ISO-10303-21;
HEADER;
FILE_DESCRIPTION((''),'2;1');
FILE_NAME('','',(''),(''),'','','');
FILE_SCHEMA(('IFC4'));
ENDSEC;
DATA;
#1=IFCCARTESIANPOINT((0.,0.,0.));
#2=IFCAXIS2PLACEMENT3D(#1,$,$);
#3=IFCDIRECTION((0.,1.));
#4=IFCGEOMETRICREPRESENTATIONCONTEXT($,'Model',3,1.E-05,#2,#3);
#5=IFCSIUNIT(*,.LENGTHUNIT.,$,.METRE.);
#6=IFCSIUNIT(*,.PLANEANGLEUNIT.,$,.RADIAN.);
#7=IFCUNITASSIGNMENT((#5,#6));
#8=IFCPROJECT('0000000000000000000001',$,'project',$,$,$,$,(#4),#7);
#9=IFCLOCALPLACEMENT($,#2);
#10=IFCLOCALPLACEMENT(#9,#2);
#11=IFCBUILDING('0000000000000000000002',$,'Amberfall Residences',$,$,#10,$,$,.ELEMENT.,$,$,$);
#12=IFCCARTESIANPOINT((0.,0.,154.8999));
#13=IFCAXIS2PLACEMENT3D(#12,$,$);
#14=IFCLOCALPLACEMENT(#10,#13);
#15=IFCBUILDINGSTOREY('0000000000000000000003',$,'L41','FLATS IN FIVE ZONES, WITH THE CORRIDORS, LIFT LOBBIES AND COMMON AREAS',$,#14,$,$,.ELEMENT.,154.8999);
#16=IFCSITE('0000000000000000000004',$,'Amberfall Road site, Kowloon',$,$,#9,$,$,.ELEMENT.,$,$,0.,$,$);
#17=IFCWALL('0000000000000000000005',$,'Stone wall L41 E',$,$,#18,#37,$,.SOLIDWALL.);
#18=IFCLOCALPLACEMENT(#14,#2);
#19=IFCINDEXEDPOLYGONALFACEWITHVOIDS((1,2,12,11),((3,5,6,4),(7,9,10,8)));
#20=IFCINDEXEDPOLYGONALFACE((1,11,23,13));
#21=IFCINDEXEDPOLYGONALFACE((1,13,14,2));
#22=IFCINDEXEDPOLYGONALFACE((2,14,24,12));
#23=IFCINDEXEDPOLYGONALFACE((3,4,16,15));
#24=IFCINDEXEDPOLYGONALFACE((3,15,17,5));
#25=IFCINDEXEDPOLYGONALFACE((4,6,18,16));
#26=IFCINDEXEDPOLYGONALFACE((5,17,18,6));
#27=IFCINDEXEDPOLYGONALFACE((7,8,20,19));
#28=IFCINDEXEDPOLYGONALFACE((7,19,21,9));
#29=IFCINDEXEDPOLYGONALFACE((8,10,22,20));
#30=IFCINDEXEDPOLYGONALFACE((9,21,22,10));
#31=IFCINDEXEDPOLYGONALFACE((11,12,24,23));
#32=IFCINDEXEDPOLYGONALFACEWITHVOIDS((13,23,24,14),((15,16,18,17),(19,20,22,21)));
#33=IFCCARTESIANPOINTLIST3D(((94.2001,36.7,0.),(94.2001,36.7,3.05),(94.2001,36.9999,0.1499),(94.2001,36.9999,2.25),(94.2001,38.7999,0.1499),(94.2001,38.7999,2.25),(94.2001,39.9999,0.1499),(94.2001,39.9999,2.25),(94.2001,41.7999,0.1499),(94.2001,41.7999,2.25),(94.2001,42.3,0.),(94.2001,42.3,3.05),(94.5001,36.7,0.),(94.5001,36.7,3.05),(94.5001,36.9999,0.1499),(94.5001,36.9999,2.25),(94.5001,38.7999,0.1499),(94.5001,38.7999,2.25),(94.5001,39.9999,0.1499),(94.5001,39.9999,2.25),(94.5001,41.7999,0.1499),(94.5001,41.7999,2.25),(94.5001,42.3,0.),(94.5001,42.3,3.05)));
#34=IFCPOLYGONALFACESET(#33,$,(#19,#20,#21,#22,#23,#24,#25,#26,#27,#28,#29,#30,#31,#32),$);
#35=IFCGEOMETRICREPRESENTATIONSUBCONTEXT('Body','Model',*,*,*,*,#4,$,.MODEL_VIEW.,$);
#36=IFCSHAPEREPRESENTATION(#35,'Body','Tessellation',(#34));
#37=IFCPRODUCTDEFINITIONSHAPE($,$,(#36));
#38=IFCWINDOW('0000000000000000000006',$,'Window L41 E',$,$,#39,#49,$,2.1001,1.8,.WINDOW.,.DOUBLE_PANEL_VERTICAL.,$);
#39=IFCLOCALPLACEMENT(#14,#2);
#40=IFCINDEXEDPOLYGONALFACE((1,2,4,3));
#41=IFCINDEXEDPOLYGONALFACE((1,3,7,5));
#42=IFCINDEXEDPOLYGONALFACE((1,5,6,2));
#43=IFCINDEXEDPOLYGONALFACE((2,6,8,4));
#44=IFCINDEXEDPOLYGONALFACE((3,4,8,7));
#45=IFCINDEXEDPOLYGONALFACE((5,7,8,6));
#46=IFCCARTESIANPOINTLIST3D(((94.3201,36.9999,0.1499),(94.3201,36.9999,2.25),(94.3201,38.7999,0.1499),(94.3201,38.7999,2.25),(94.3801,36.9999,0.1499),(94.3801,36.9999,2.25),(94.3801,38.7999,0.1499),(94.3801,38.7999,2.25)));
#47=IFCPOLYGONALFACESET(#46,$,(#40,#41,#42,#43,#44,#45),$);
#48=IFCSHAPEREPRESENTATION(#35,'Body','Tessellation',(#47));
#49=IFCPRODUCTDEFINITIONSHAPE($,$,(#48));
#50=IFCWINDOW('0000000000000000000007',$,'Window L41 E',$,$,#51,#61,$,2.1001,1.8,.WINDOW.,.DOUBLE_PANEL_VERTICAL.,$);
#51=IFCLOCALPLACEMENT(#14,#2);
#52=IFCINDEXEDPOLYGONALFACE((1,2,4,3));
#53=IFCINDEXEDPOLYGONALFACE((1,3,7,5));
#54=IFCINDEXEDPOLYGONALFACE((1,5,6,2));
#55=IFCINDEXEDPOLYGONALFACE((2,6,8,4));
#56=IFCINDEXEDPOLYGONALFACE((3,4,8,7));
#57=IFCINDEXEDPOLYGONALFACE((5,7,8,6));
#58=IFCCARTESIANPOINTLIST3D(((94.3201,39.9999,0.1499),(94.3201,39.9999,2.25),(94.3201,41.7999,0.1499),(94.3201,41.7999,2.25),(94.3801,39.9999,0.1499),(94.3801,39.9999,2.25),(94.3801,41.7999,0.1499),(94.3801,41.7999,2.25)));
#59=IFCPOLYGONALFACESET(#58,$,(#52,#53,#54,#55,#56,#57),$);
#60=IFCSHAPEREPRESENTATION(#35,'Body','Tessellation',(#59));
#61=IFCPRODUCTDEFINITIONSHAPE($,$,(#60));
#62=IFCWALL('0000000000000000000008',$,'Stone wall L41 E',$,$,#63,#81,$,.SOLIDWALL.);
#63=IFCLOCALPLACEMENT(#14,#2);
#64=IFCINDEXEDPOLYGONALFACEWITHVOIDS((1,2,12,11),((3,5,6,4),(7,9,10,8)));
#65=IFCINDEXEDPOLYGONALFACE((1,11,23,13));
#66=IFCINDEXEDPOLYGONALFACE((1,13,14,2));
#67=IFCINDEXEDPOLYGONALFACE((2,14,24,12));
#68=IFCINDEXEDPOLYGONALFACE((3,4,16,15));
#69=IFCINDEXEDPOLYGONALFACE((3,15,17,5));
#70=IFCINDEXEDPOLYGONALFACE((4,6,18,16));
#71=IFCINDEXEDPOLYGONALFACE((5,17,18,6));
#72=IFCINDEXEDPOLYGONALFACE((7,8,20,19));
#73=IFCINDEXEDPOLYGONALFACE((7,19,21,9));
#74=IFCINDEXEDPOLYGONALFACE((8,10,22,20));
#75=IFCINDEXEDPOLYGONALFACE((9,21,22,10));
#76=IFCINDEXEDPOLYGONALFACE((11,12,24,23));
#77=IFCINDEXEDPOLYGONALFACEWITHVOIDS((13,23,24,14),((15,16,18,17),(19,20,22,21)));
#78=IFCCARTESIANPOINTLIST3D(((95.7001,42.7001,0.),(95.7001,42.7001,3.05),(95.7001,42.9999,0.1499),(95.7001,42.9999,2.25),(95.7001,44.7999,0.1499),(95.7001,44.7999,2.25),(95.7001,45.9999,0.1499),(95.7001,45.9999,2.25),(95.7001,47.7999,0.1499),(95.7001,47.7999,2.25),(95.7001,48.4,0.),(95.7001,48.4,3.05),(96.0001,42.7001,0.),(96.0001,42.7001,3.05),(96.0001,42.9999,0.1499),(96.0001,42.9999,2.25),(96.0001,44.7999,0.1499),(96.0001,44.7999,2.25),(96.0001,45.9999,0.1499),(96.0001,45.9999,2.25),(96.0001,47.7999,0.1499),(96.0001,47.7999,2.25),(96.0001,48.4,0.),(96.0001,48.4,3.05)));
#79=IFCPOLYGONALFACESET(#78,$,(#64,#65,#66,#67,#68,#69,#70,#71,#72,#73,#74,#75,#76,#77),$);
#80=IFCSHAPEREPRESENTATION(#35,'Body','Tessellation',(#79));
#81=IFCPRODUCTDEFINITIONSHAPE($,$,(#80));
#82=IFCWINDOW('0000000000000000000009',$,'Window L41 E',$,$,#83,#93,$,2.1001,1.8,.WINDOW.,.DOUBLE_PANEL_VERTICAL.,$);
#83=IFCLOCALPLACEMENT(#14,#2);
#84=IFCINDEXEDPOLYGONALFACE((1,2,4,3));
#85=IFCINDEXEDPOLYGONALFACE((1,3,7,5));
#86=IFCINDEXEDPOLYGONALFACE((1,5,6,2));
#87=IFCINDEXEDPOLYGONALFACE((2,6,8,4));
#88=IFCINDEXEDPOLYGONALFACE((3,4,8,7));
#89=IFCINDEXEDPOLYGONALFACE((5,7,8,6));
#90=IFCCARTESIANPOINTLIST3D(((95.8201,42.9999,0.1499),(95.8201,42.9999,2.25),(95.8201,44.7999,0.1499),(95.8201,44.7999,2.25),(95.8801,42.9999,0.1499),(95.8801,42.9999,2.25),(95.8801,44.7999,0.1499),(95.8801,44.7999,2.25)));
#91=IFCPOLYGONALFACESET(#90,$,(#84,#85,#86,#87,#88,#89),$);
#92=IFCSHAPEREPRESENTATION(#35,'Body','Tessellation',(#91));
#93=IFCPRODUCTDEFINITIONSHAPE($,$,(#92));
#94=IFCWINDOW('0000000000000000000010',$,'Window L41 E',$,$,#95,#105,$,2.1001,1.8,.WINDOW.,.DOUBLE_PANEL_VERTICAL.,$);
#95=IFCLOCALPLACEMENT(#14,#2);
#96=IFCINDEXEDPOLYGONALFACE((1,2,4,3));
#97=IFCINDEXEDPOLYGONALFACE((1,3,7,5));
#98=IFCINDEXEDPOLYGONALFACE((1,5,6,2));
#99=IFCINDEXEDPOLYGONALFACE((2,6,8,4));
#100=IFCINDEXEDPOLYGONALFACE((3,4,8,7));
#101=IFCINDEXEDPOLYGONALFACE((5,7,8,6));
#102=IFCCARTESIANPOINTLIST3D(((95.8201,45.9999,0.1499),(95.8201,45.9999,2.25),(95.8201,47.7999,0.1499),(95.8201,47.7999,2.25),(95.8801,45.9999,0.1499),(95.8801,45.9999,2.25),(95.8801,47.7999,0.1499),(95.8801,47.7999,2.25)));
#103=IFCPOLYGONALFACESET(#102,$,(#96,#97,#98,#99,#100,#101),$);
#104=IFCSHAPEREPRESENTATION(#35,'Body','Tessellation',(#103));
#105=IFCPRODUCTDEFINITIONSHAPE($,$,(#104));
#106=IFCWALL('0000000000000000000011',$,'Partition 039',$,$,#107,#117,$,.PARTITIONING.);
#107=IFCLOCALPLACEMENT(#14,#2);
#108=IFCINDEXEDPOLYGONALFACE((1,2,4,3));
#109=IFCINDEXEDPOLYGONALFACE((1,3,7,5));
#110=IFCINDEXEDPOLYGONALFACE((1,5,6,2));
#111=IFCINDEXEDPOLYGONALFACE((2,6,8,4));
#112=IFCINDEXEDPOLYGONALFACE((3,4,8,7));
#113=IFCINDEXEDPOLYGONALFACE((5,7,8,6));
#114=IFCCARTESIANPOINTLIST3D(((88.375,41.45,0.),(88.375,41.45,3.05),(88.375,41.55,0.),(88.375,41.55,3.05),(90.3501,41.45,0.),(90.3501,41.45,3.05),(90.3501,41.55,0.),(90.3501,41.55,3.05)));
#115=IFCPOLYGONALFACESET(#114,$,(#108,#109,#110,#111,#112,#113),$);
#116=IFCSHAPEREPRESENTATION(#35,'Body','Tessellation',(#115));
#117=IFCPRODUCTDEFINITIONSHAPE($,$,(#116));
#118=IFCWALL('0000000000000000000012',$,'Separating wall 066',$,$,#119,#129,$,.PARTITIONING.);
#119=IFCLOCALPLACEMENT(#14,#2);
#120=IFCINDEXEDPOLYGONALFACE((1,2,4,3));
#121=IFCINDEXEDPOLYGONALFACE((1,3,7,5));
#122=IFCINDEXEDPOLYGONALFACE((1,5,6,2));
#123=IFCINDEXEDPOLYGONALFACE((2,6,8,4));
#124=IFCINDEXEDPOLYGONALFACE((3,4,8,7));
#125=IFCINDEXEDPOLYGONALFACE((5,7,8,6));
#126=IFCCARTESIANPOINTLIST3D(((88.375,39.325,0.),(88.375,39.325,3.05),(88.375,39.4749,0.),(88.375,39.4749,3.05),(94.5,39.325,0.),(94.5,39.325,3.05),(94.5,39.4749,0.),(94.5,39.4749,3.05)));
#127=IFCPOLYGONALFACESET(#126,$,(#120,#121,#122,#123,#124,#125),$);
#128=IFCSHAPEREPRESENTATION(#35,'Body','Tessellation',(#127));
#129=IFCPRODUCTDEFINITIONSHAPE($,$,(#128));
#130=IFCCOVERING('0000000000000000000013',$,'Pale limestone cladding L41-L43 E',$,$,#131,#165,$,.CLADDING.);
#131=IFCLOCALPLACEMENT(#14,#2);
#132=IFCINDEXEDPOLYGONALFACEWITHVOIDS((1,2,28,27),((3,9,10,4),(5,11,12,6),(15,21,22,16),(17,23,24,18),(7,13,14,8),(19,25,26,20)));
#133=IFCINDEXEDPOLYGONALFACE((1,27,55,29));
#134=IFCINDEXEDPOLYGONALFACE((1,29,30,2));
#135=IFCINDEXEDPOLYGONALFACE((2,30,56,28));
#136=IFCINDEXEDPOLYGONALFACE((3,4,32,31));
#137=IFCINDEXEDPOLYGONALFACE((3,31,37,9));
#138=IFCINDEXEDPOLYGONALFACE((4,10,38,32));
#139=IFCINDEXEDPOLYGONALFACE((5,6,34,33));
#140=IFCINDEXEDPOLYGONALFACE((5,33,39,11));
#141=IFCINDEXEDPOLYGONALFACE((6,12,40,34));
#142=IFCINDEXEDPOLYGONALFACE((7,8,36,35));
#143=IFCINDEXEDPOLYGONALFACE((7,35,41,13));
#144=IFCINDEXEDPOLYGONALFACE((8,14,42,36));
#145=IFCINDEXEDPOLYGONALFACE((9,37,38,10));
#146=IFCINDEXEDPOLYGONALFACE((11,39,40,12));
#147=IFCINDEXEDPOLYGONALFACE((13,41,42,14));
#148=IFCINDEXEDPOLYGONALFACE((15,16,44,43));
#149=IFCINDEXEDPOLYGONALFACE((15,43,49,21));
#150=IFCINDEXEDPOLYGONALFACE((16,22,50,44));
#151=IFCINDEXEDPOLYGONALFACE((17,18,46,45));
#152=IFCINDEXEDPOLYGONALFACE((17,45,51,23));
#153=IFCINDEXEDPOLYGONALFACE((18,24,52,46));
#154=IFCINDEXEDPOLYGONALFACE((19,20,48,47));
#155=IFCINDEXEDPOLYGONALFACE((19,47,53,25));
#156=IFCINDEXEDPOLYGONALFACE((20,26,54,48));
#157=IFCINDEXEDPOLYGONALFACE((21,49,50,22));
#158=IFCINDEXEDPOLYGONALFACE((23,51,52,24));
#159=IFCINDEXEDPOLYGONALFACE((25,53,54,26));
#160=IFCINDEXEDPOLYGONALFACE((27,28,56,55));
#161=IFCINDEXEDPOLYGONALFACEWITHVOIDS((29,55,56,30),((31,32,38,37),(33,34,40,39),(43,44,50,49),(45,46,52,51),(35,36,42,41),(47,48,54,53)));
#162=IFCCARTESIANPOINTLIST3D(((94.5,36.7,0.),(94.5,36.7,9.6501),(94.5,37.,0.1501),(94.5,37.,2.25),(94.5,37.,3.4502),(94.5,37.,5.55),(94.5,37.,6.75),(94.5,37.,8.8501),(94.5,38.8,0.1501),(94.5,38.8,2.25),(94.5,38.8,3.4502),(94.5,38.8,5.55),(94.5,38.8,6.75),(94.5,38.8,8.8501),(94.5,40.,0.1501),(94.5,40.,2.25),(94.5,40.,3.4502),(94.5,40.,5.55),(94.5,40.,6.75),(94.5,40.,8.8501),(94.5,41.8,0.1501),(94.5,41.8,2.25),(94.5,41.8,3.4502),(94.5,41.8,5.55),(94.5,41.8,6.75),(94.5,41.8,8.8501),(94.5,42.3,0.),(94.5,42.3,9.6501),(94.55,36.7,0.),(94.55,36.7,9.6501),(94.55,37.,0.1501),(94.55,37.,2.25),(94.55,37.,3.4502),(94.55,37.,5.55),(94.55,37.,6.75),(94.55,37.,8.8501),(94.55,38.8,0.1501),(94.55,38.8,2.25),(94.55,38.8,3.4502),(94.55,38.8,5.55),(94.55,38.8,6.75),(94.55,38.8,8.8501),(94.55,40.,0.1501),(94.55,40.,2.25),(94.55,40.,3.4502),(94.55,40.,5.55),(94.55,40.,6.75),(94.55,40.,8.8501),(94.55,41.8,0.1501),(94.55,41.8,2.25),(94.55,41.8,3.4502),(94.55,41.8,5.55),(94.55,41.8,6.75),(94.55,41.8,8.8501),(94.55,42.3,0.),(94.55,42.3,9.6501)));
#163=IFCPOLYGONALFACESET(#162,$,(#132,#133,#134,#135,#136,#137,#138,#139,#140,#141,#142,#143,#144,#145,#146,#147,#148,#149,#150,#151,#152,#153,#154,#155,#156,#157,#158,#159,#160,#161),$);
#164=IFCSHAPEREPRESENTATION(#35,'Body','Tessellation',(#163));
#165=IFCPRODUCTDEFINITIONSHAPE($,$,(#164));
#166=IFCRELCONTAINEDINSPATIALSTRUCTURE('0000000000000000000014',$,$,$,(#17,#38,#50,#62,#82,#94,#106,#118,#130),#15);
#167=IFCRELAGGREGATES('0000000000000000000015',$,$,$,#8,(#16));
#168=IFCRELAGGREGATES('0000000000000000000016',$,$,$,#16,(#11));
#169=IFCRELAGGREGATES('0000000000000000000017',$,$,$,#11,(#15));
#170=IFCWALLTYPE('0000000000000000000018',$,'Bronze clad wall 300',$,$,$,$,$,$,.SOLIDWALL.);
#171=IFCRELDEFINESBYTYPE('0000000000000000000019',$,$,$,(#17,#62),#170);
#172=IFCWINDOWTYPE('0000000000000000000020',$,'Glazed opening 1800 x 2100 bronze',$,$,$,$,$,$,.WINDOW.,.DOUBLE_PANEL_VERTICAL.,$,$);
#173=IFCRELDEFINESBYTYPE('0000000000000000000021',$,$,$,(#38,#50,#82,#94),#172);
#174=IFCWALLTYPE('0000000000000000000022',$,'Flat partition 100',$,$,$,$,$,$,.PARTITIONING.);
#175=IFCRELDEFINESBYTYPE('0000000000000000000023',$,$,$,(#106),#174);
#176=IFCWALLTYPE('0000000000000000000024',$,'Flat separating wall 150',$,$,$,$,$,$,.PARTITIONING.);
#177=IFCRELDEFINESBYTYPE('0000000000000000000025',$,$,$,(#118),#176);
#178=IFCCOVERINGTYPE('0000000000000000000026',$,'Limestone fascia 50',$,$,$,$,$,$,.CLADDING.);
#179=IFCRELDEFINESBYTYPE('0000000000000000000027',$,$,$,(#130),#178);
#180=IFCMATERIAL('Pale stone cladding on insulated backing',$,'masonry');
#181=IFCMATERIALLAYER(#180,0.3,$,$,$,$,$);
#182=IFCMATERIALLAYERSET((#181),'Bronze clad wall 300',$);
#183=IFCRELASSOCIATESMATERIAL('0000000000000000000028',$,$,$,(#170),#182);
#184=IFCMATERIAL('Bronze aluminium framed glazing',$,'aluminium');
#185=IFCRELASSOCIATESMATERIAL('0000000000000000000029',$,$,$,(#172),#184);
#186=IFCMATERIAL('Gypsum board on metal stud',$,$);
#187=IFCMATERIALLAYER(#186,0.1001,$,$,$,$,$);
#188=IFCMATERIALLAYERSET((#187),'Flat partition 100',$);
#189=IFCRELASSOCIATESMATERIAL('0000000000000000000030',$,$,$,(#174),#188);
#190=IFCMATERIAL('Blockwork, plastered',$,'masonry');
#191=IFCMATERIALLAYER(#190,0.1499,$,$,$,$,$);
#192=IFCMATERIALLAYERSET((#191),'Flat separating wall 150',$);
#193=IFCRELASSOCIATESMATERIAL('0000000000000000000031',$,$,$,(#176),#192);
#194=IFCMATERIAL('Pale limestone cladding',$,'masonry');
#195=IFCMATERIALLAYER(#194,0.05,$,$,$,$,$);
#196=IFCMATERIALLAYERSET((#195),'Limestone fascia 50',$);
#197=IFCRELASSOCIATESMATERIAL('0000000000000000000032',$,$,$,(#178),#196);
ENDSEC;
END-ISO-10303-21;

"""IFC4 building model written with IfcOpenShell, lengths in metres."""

from ifc_helpers import new_model, si_unit, direction, frame, frame_2d, origin, place, context, subcontext, project, spatial, polyline, rectangle, outline, extrude, material, layer, layer_set, type_object, element, fill, save


model = new_model("IFC4")

# Units and contexts
model_context = context("Model", 3, precision=1e-05, world=origin(), true_north=direction((0.0, 1.0)))
body_context = subcontext(model_context, "Body", "Model", "MODEL_VIEW")
ifc_project = project(units=[si_unit("LENGTHUNIT", "METRE"), si_unit("PLANEANGLEUNIT", "RADIAN")], contexts=[model_context])

# Site, building, storey
site_placement = place(None, origin())
site = spatial("IfcSite", under=ifc_project, at=site_placement, Name="Amberfall Road site, Kowloon", CompositionType="ELEMENT", RefElevation=0.0)
building_placement = place(site_placement, origin())
building = spatial("IfcBuilding", under=site, at=building_placement, Name="Amberfall Residences", CompositionType="ELEMENT")
storey_placement = place(building_placement, frame((0.0, 0.0, 154.8999)))
storey = spatial("IfcBuildingStorey", under=building, at=storey_placement, Name="L41", Description="FLATS IN FIVE ZONES, WITH THE CORRIDORS, LIFT LOBBIES AND COMMON AREAS", CompositionType="ELEMENT", Elevation=154.8999)

# Shared definitions
ifc_material_1 = material(Name="Pale stone cladding on insulated backing", Category="masonry")
ifc_layer_1 = layer(ifc_material_1, 0.3)
ifc_layer_set_1 = layer_set([ifc_layer_1], Name="Bronze clad wall 300")
wall_type_1 = type_object("IfcWallType", Name="Bronze clad wall 300", PredefinedType="SOLIDWALL", material=ifc_layer_set_1)

# Walls, openings, windows
wall_1_placement = place(storey_placement, frame((94.3501, 36.7, 0.0), z_axis=(0.0, 0.0, 1.0), x_axis=(0.0, 1.0, 0.0)))
wall_1 = element("IfcWall", 1, at=wall_1_placement, inside=storey, type_object=wall_type_1, Name="Stone wall L41 E", PredefinedType="SOLIDWALL", context=body_context, shape_type="SweptSolid", body=[
    extrude(rectangle(XDim=5.6001, YDim=0.3, at=frame_2d((2.8, 0.0))), origin(), (0.0, 0.0, 1.0), 3.05),
])
opening_1_placement = place(wall_1_placement, frame((0.3, 0.0, 0.1499)))
opening_1 = element("IfcOpeningElement", 2, at=opening_1_placement, cuts=wall_1, PredefinedType="OPENING", context=body_context, shape_type="SweptSolid", body=[
    extrude(rectangle(XDim=1.8, YDim=2.1001, at=frame_2d((0.8999, 1.05))), frame((0.0, 0.1599, 0.0), z_axis=(0.0, -1.0, 0.0), x_axis=(1.0, 0.0, 0.0)), (0.0, 0.0, 1.0), 0.3201),
])
opening_2_placement = place(wall_1_placement, frame((3.3, 0.0, 0.1499)))
opening_2 = element("IfcOpeningElement", 3, at=opening_2_placement, cuts=wall_1, PredefinedType="OPENING", context=body_context, shape_type="SweptSolid", body=[
    extrude(rectangle(XDim=1.8, YDim=2.1001, at=frame_2d((0.8999, 1.05))), frame((0.0, 0.1599, 0.0), z_axis=(0.0, -1.0, 0.0), x_axis=(1.0, 0.0, 0.0)), (0.0, 0.0, 1.0), 0.3201),
])
ifc_material_2 = material(Name="Bronze aluminium framed glazing", Category="aluminium")
window_type = type_object("IfcWindowType", Name="Glazed opening 1800 x 2100 bronze", PartitioningType="DOUBLE_PANEL_VERTICAL", PredefinedType="WINDOW", material=ifc_material_2)
window_1_placement = place(opening_1_placement, origin())
window_1 = element("IfcWindow", 4, at=window_1_placement, inside=storey, type_object=window_type, Name="Window L41 E", OverallHeight=2.1001, OverallWidth=1.8, PartitioningType="DOUBLE_PANEL_VERTICAL", PredefinedType="WINDOW", context=body_context, shape_type="SweptSolid", body=[
    extrude(rectangle(XDim=1.8, YDim=2.1001, at=frame_2d((0.8999, 1.05))), frame((0.0, 0.03, 0.0), z_axis=(0.0, -1.0, 0.0), x_axis=(1.0, 0.0, 0.0)), (0.0, 0.0, 1.0), 0.0601),
])
fill(opening_1, window_1)
window_2_placement = place(opening_2_placement, origin())
window_2 = element("IfcWindow", 5, at=window_2_placement, inside=storey, type_object=window_type, Name="Window L41 E", OverallHeight=2.1001, OverallWidth=1.8, PartitioningType="DOUBLE_PANEL_VERTICAL", PredefinedType="WINDOW", context=body_context, shape_type="SweptSolid", body=[
    extrude(rectangle(XDim=1.8, YDim=2.1001, at=frame_2d((0.8999, 1.05))), frame((0.0, 0.03, 0.0), z_axis=(0.0, -1.0, 0.0), x_axis=(1.0, 0.0, 0.0)), (0.0, 0.0, 1.0), 0.0601),
])
fill(opening_2, window_2)
wall_2_placement = place(storey_placement, frame((95.8501, 42.7, 0.0), z_axis=(0.0, 0.0, 1.0), x_axis=(0.0, 1.0, 0.0)))
wall_2 = element("IfcWall", 6, at=wall_2_placement, inside=storey, type_object=wall_type_1, Name="Stone wall L41 E", PredefinedType="SOLIDWALL", context=body_context, shape_type="SweptSolid", body=[
    extrude(rectangle(XDim=5.7, YDim=0.3, at=frame_2d((2.8501, 0.0))), origin(), (0.0, 0.0, 1.0), 3.05),
])
opening_3_placement = place(wall_2_placement, frame((0.3, 0.0, 0.1499)))
opening_3 = element("IfcOpeningElement", 7, at=opening_3_placement, cuts=wall_2, PredefinedType="OPENING", context=body_context, shape_type="SweptSolid", body=[
    extrude(rectangle(XDim=1.8, YDim=2.1001, at=frame_2d((0.8999, 1.05))), frame((0.0, 0.1599, 0.0), z_axis=(0.0, -1.0, 0.0), x_axis=(1.0, 0.0, 0.0)), (0.0, 0.0, 1.0), 0.3201),
])
opening_4_placement = place(wall_2_placement, frame((3.3, 0.0, 0.1499)))
opening_4 = element("IfcOpeningElement", 8, at=opening_4_placement, cuts=wall_2, PredefinedType="OPENING", context=body_context, shape_type="SweptSolid", body=[
    extrude(rectangle(XDim=1.8, YDim=2.1001, at=frame_2d((0.8999, 1.05))), frame((0.0, 0.1599, 0.0), z_axis=(0.0, -1.0, 0.0), x_axis=(1.0, 0.0, 0.0)), (0.0, 0.0, 1.0), 0.3201),
])
window_3_placement = place(opening_3_placement, origin())
window_3 = element("IfcWindow", 9, at=window_3_placement, inside=storey, type_object=window_type, Name="Window L41 E", OverallHeight=2.1001, OverallWidth=1.8, PartitioningType="DOUBLE_PANEL_VERTICAL", PredefinedType="WINDOW", context=body_context, shape_type="SweptSolid", body=[
    extrude(rectangle(XDim=1.8, YDim=2.1001, at=frame_2d((0.8999, 1.05))), frame((0.0, 0.03, 0.0), z_axis=(0.0, -1.0, 0.0), x_axis=(1.0, 0.0, 0.0)), (0.0, 0.0, 1.0), 0.0601),
])
fill(opening_3, window_3)
window_4_placement = place(opening_4_placement, origin())
window_4 = element("IfcWindow", 10, at=window_4_placement, inside=storey, type_object=window_type, Name="Window L41 E", OverallHeight=2.1001, OverallWidth=1.8, PartitioningType="DOUBLE_PANEL_VERTICAL", PredefinedType="WINDOW", context=body_context, shape_type="SweptSolid", body=[
    extrude(rectangle(XDim=1.8, YDim=2.1001, at=frame_2d((0.8999, 1.05))), frame((0.0, 0.03, 0.0), z_axis=(0.0, -1.0, 0.0), x_axis=(1.0, 0.0, 0.0)), (0.0, 0.0, 1.0), 0.0601),
])
fill(opening_4, window_4)

# Walls
ifc_material_3 = material(Name="Gypsum board on metal stud")
ifc_layer_2 = layer(ifc_material_3, 0.1001)
ifc_layer_set_2 = layer_set([ifc_layer_2], Name="Flat partition 100")
wall_type_2 = type_object("IfcWallType", Name="Flat partition 100", PredefinedType="PARTITIONING", material=ifc_layer_set_2)
wall_3_placement = place(storey_placement, frame((88.375, 41.5, 0.0), z_axis=(0.0, 0.0, 1.0), x_axis=(1.0, 0.0, 0.0)))
element("IfcWall", 11, at=wall_3_placement, inside=storey, type_object=wall_type_2, Name="Partition 039", PredefinedType="PARTITIONING", context=body_context, shape_type="SweptSolid", body=[
    extrude(rectangle(XDim=1.9751, YDim=0.1001, at=frame_2d((0.9875, 0.0))), origin(), (0.0, 0.0, 1.0), 3.05),
])
ifc_material_4 = material(Name="Blockwork, plastered", Category="masonry")
ifc_layer_3 = layer(ifc_material_4, 0.1499)
ifc_layer_set_3 = layer_set([ifc_layer_3], Name="Flat separating wall 150")
wall_type_3 = type_object("IfcWallType", Name="Flat separating wall 150", PredefinedType="PARTITIONING", material=ifc_layer_set_3)
wall_4_placement = place(storey_placement, frame((88.375, 39.3999, 0.0), z_axis=(0.0, 0.0, 1.0), x_axis=(1.0, 0.0, 0.0)))
element("IfcWall", 12, at=wall_4_placement, inside=storey, type_object=wall_type_3, Name="Separating wall 066", PredefinedType="PARTITIONING", context=body_context, shape_type="SweptSolid", body=[
    extrude(rectangle(XDim=6.125, YDim=0.1499, at=frame_2d((3.0625, 0.0))), origin(), (0.0, 0.0, 1.0), 3.05),
])

# Covering
ifc_material_5 = material(Name="Pale limestone cladding", Category="masonry")
ifc_layer_4 = layer(ifc_material_5, 0.05)
ifc_layer_set_4 = layer_set([ifc_layer_4], Name="Limestone fascia 50")
covering_type = type_object("IfcCoveringType", Name="Limestone fascia 50", PredefinedType="CLADDING", material=ifc_layer_set_4)
covering_placement = place(storey_placement, frame((94.5, 36.7, 9.6501), z_axis=(-1.0, 0.0, 0.0), x_axis=(0.0, 1.0, 0.0)))
element("IfcCovering", 13, at=covering_placement, inside=storey, type_object=covering_type, Name="Pale limestone cladding L41-L43 E", PredefinedType="CLADDING", context=body_context, shape_type="SweptSolid", body=[
    extrude(outline(polyline([(0.0, 0.0), (5.6001, 0.0), (5.6001, 9.6501), (0.0, 9.6501), (0.0, 0.0)]), holes=[polyline([(0.3, 7.4001), (2.1001, 7.4001), (2.1001, 9.5), (0.3, 9.5), (0.3, 7.4001)]), polyline([(3.3, 7.4001), (5.1001, 7.4001), (5.1001, 9.5), (3.3, 9.5), (3.3, 7.4001)]), polyline([(0.3, 4.1001), (2.1001, 4.1001), (2.1001, 6.2), (0.3, 6.2), (0.3, 4.1001)]), polyline([(3.3, 4.1001), (5.1001, 4.1001), (5.1001, 6.2), (3.3, 6.2), (3.3, 4.1001)]), polyline([(0.3, 0.8), (2.1001, 0.8), (2.1001, 2.9001), (0.3, 2.9001), (0.3, 0.8)]), polyline([(3.3, 0.8), (5.1001, 0.8), (5.1001, 2.9001), (3.3, 2.9001), (3.3, 0.8)])]), origin(), (0.0, 0.0, -1.0), 0.05),
])

save(model, "model.ifc")
